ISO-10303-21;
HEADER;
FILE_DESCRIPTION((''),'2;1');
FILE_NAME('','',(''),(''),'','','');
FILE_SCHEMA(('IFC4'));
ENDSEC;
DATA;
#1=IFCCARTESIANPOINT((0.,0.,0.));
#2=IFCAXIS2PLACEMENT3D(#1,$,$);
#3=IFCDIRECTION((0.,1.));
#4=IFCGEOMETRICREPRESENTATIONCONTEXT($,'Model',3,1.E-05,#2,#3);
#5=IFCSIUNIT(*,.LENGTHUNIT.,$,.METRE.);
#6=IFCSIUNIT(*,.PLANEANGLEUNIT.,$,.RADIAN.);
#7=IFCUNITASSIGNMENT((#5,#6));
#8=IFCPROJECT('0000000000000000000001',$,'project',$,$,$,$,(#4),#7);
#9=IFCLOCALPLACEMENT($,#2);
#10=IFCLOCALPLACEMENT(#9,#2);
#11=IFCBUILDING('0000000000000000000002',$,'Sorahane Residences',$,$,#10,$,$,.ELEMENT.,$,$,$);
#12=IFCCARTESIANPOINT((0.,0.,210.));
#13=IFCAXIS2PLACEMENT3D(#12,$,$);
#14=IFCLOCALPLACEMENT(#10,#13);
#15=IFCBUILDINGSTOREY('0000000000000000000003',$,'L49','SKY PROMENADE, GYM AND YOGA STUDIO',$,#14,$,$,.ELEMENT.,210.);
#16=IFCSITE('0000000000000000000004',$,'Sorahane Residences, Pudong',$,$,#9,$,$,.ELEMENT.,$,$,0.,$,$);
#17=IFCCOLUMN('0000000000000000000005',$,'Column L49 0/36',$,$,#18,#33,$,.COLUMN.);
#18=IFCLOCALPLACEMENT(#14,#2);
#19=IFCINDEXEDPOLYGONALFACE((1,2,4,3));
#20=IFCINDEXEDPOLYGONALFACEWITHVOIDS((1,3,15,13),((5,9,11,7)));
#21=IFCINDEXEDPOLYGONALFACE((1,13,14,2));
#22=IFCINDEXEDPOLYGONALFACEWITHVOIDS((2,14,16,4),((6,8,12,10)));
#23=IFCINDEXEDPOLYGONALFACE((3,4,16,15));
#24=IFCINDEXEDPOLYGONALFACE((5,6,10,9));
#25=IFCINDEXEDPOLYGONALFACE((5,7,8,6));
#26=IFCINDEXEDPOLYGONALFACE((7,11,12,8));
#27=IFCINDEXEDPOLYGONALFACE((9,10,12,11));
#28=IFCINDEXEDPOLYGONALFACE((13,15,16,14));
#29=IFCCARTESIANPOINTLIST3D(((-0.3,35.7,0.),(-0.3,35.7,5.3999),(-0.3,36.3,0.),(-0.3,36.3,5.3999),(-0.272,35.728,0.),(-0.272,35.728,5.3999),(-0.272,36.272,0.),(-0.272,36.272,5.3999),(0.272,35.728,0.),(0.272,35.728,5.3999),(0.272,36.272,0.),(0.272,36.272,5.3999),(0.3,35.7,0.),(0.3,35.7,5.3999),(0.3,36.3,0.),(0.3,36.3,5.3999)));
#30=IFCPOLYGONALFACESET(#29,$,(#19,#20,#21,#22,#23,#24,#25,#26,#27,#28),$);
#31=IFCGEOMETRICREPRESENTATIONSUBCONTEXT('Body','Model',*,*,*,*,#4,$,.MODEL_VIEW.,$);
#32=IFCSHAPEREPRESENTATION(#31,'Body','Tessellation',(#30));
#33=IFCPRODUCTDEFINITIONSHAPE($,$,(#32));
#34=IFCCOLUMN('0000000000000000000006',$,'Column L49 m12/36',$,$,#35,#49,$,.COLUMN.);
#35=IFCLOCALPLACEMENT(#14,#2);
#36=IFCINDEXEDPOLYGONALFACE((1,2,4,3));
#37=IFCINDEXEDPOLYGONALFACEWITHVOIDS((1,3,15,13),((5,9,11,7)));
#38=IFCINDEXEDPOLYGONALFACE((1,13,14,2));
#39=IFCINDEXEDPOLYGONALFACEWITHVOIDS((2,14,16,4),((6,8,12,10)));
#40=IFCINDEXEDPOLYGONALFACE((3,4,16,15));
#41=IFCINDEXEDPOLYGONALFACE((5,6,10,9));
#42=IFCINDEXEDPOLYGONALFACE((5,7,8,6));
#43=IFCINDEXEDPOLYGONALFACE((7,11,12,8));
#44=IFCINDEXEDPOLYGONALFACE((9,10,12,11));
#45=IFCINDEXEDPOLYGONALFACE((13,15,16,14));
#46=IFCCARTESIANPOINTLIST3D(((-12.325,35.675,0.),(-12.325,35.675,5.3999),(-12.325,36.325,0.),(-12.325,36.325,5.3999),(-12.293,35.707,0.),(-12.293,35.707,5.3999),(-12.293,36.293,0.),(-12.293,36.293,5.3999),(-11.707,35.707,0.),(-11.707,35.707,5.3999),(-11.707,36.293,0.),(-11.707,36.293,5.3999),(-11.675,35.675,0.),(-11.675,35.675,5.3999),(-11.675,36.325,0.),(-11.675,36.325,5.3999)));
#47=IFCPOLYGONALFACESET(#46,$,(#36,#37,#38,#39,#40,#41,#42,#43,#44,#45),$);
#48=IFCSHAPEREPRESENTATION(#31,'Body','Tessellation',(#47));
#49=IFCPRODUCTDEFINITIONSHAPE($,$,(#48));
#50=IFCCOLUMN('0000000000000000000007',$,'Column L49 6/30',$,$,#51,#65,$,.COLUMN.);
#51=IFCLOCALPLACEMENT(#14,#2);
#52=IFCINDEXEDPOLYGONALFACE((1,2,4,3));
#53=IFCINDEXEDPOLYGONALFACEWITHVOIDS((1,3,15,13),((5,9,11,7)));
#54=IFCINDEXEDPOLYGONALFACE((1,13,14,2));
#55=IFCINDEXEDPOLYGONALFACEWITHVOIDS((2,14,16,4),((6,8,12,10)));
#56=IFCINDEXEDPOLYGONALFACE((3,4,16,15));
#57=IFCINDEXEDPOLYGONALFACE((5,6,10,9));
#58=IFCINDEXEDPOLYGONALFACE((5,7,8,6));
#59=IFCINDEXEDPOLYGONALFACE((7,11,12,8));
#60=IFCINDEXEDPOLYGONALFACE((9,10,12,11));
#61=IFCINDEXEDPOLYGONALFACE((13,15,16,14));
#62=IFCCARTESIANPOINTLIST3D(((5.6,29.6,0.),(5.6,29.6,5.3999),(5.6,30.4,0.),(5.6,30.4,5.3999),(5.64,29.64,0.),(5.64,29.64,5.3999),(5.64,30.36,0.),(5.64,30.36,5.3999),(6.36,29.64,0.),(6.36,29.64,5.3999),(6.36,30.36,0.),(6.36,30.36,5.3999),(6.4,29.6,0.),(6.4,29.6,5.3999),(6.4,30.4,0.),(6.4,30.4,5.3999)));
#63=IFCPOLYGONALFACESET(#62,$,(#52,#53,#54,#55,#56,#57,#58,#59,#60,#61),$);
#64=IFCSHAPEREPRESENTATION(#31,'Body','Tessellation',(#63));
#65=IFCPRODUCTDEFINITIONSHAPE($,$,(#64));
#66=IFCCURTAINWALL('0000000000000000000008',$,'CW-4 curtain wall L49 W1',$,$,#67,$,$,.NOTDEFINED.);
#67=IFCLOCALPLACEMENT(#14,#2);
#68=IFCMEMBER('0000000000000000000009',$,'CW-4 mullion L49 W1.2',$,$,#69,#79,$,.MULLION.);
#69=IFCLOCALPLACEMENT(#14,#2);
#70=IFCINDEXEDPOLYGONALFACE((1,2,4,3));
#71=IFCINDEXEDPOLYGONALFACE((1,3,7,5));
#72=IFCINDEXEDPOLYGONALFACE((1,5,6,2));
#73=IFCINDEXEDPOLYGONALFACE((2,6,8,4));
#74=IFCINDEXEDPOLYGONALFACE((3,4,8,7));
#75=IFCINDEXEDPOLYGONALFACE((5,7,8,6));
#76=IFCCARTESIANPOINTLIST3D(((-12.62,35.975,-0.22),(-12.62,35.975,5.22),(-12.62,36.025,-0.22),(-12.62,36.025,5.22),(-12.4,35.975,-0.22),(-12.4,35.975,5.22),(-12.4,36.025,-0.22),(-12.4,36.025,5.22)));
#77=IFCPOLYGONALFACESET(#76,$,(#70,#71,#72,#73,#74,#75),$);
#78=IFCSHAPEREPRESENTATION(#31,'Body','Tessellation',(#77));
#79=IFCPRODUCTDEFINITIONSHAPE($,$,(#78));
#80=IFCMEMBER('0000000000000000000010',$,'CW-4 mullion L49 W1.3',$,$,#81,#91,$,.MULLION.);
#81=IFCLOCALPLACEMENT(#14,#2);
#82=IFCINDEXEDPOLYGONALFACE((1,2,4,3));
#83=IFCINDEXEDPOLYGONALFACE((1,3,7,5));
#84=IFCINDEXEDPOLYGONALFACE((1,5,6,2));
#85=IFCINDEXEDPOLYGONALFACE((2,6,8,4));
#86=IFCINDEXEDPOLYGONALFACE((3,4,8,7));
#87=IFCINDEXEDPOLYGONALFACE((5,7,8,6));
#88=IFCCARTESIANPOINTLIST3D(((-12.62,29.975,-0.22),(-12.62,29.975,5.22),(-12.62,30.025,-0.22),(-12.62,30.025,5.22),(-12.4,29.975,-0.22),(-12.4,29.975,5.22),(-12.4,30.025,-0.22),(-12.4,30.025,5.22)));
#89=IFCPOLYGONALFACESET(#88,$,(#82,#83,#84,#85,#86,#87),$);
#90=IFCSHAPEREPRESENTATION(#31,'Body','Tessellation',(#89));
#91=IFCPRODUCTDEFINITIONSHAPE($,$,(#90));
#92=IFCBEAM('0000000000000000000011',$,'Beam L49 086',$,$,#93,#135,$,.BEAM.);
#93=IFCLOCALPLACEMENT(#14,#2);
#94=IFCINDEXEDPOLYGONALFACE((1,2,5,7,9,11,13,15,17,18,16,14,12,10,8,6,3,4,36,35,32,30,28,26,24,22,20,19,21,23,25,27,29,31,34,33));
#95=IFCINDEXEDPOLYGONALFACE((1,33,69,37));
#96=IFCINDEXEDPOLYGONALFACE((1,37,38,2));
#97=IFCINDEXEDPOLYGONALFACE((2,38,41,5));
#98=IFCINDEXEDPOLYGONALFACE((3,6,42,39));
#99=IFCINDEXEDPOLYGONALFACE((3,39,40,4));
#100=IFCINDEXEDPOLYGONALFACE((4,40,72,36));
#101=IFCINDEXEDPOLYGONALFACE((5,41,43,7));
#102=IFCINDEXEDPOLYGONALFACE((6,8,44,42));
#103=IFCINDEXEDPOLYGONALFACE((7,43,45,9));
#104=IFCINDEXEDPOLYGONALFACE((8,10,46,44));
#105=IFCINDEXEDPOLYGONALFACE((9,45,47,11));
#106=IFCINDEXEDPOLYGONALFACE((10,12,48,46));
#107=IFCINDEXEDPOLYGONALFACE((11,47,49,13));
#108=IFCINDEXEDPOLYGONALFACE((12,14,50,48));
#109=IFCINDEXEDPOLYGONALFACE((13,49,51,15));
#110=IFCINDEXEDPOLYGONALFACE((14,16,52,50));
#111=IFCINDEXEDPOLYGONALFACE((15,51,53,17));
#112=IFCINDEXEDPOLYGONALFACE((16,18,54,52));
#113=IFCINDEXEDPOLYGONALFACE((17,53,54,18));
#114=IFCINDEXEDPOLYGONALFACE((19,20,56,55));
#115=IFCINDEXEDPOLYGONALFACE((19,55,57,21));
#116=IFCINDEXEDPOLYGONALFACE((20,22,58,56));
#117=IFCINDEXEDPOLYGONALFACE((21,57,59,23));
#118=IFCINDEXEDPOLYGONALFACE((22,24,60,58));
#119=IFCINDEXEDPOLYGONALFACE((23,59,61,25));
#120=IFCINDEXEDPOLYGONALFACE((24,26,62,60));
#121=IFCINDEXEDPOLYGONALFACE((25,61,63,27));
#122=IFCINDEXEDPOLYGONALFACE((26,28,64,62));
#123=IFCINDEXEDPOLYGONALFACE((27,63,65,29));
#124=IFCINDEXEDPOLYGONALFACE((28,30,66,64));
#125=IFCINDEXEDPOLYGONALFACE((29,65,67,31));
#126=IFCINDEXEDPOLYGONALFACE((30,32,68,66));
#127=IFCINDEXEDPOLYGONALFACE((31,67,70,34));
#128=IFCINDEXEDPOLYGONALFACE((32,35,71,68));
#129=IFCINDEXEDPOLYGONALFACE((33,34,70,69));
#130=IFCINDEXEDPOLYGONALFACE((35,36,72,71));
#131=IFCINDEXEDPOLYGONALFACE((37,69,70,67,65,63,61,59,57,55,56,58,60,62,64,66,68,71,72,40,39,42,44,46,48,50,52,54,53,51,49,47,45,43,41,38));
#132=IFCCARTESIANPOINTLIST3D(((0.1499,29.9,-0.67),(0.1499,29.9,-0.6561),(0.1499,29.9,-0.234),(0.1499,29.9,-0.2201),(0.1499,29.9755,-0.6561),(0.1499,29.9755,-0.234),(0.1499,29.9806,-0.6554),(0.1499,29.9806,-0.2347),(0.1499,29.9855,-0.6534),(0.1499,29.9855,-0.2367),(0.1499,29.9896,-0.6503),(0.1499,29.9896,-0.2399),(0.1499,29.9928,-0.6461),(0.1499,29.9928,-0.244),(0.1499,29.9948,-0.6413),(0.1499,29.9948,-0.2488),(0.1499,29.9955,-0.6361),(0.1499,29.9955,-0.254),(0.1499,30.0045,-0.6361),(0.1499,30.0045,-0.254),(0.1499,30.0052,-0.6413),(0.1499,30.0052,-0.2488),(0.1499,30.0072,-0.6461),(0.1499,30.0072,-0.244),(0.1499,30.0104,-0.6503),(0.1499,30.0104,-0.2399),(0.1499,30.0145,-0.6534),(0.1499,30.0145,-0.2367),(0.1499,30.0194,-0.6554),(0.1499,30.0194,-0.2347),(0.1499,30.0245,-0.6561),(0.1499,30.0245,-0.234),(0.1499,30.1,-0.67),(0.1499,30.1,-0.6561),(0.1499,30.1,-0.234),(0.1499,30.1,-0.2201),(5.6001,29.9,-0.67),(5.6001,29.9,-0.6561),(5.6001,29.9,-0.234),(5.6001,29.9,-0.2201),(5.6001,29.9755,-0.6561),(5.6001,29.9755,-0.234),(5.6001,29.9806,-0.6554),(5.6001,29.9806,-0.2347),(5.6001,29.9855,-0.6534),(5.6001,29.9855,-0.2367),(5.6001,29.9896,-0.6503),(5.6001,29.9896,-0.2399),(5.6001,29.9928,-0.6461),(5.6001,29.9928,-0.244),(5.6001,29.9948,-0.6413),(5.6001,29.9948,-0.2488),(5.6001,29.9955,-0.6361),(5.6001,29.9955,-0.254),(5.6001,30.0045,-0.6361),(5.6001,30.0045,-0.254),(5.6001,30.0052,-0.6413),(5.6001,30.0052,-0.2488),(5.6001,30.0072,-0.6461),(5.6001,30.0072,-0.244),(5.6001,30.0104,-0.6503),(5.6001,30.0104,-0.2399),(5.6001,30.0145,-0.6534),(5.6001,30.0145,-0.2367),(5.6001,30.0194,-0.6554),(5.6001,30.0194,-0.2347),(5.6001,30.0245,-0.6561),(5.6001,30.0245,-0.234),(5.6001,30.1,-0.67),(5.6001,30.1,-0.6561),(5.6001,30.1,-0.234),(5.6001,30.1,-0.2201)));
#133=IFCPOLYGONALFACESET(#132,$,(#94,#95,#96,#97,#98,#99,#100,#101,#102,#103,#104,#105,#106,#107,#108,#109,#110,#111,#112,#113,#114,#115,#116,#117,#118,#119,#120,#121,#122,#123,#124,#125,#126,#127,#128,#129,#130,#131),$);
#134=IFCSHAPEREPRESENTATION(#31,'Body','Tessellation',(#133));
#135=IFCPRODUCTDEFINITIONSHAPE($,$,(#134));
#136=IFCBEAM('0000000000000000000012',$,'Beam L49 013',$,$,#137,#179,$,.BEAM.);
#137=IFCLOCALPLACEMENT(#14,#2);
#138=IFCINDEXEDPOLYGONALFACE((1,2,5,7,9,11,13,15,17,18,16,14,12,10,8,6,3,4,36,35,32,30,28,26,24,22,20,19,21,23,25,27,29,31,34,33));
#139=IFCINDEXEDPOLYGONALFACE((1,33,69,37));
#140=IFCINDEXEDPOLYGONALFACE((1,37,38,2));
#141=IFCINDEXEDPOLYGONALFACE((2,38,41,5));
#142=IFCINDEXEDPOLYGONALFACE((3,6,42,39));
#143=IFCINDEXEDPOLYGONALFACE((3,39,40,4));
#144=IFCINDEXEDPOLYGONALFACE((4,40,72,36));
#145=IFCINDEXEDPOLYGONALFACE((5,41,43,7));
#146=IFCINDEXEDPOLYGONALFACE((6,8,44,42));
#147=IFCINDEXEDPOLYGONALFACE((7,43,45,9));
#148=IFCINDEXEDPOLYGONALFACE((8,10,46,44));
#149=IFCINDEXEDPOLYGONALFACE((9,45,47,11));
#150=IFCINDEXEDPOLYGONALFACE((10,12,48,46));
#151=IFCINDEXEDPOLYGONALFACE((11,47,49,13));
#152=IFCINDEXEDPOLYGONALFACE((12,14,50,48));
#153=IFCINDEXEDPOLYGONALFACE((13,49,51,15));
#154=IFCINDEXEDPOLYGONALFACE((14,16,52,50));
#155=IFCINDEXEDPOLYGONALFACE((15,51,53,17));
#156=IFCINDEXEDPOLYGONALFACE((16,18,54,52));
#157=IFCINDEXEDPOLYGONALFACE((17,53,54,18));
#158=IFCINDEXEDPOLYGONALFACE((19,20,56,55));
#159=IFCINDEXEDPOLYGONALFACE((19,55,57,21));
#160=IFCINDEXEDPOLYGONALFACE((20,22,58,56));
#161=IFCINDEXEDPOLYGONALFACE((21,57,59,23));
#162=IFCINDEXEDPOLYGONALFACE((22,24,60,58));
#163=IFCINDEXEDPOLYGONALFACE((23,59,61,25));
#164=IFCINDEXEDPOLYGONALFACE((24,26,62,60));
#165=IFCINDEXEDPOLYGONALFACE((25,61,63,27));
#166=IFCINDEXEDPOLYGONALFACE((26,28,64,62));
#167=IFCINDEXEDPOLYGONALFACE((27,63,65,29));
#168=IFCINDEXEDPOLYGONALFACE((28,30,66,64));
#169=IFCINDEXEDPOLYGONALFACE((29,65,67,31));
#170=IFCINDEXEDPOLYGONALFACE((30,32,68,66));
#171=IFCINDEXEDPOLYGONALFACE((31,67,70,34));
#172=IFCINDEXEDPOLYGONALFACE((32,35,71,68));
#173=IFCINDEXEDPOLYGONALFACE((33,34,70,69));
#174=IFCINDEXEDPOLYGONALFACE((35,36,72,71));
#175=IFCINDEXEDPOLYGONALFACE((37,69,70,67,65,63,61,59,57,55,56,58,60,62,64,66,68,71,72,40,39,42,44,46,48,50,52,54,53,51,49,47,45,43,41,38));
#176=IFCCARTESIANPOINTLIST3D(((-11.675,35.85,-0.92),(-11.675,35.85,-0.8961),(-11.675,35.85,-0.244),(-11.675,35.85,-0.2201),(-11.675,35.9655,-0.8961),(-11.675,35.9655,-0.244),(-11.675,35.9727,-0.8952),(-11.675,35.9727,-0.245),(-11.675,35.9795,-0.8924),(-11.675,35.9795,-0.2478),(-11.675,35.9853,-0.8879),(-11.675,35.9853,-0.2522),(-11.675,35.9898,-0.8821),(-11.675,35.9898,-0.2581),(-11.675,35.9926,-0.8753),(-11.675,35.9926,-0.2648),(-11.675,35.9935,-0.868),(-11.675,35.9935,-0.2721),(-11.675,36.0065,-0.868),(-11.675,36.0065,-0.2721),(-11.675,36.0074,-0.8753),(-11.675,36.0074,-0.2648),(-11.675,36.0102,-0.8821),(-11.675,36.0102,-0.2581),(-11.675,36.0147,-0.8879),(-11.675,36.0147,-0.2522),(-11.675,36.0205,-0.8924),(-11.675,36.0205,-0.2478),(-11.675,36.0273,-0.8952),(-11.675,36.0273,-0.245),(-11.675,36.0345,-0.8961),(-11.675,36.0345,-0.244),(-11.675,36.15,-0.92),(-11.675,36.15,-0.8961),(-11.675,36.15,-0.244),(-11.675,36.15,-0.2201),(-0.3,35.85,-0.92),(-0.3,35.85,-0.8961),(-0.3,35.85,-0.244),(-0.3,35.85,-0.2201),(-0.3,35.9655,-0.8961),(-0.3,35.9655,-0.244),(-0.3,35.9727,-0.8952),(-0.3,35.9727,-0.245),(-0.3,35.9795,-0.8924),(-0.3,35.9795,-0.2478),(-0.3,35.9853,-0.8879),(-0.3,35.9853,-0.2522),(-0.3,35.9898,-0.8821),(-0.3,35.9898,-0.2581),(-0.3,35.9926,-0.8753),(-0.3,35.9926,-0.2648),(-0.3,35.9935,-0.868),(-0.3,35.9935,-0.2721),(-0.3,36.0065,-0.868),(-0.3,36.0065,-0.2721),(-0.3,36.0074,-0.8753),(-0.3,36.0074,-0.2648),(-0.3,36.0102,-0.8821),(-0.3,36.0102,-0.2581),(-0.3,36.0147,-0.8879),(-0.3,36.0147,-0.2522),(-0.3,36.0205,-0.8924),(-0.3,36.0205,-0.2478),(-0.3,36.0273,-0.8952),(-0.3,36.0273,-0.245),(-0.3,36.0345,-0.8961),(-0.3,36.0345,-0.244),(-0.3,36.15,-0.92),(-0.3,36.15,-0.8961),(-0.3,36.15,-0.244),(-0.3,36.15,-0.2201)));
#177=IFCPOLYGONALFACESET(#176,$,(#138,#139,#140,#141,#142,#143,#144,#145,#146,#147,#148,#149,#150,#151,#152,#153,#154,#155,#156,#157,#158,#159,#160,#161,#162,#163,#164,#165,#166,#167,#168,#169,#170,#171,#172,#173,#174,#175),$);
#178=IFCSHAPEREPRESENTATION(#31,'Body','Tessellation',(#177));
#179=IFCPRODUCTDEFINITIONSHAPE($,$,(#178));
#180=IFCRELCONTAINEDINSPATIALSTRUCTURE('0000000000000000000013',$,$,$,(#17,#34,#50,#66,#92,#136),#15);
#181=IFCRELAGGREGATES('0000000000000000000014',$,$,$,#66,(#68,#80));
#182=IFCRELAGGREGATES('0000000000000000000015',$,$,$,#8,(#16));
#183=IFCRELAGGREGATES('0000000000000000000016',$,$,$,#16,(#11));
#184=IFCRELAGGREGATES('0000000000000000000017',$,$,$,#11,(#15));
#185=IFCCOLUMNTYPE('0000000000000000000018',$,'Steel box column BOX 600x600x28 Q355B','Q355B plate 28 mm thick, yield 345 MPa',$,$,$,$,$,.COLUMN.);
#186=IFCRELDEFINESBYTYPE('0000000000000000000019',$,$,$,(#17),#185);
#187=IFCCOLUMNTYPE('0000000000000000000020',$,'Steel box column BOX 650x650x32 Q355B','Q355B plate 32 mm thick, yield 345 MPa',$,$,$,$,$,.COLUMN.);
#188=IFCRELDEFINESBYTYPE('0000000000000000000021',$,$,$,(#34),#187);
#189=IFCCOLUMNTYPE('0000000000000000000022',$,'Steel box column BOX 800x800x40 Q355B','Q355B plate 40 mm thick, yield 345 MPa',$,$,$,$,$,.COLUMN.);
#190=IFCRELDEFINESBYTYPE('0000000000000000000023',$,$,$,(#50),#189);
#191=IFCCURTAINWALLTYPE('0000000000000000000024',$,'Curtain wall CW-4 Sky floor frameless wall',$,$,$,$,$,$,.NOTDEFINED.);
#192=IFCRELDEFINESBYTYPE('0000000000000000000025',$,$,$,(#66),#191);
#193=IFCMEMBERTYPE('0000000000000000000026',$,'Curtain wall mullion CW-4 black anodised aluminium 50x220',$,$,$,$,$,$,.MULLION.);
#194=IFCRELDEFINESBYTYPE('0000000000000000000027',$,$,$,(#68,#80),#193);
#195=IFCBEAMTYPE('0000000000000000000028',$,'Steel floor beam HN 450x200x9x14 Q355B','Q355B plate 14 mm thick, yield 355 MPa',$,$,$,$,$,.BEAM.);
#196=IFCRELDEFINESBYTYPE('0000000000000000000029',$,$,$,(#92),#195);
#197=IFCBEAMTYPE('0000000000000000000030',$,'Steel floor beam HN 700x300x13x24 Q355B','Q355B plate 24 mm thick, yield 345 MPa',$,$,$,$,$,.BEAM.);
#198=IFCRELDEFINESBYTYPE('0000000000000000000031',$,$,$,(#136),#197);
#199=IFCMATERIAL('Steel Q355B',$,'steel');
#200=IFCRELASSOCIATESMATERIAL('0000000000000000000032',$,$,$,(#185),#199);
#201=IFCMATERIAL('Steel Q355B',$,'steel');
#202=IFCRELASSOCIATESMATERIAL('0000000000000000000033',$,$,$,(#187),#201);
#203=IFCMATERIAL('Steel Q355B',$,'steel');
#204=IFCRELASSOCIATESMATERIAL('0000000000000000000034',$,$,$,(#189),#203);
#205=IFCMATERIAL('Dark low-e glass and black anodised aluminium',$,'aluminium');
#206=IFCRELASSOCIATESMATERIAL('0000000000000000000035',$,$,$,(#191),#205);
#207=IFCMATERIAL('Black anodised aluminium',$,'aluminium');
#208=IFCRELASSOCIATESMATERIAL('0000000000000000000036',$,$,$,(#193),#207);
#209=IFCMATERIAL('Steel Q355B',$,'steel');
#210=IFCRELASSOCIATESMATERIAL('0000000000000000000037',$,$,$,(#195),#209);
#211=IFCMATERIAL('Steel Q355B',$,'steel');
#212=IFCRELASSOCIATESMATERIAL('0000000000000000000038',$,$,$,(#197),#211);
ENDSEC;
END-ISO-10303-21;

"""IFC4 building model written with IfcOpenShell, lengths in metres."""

from ifc_helpers import new_model, si_unit, direction, frame, origin, origin_2d, place, context, subcontext, project, spatial, rectangle, hollow_rectangle, i_section, extrude, material, material_profile, profile_set, type_object, element, aggregate, save


model = new_model("IFC4")

# Units and contexts
model_context = context("Model", 3, precision=1e-05, world=origin(), true_north=direction((0.0, 1.0)))
body_context = subcontext(model_context, "Body", "Model", "MODEL_VIEW")
ifc_project = project(units=[si_unit("LENGTHUNIT", "METRE"), si_unit("PLANEANGLEUNIT", "RADIAN")], contexts=[model_context])

# Site, building, storey
site_placement = place(None, origin())
site = spatial("IfcSite", under=ifc_project, at=site_placement, Name="Sorahane Residences, Pudong", CompositionType="ELEMENT", RefElevation=0.0)
building_placement = place(site_placement, origin())
building = spatial("IfcBuilding", under=site, at=building_placement, Name="Sorahane Residences", CompositionType="ELEMENT")
storey_placement = place(building_placement, frame((0.0, 0.0, 210.0)))
storey = spatial("IfcBuildingStorey", under=building, at=storey_placement, Name="L49", Description="SKY PROMENADE, GYM AND YOGA STUDIO", CompositionType="ELEMENT", Elevation=210.0)

# Columns
ifc_material_1 = material(Name="Steel Q355B", Category="steel")
ifc_material_profile_1 = material_profile(ifc_material_1, hollow_rectangle(XDim=0.6001, YDim=0.6001, WallThickness=0.0281, at=origin_2d()), Name="BOX 600x600x28")
ifc_profile_set_1 = profile_set([ifc_material_profile_1], Name="Steel Q355B")
column_type_1 = type_object("IfcColumnType", Name="Steel box column BOX 600x600x28 Q355B", Description="Q355B plate 28 mm thick, yield 345 MPa", PredefinedType="COLUMN", material=ifc_profile_set_1)
column_1_placement = place(storey_placement, frame((0.0, 36.0, 0.0), z_axis=(0.0, 0.0, 1.0), x_axis=(1.0, 0.0, 0.0)))
element("IfcColumn", 1, at=column_1_placement, inside=storey, type_object=column_type_1, Name="Column L49 0/36", PredefinedType="COLUMN", context=body_context, shape_type="SweptSolid", body=[
    extrude(hollow_rectangle(XDim=0.6001, YDim=0.6001, WallThickness=0.0281, at=origin_2d()), origin(), (0.0, 0.0, 1.0), 5.3999),
])
ifc_material_2 = material(Name="Steel Q355B", Category="steel")
ifc_material_profile_2 = material_profile(ifc_material_2, hollow_rectangle(XDim=0.6499, YDim=0.6499, WallThickness=0.032, at=origin_2d()), Name="BOX 650x650x32")
ifc_profile_set_2 = profile_set([ifc_material_profile_2], Name="Steel Q355B")
column_type_2 = type_object("IfcColumnType", Name="Steel box column BOX 650x650x32 Q355B", Description="Q355B plate 32 mm thick, yield 345 MPa", PredefinedType="COLUMN", material=ifc_profile_set_2)
column_2_placement = place(storey_placement, frame((-12.0, 36.0, 0.0), z_axis=(0.0, 0.0, 1.0), x_axis=(1.0, 0.0, 0.0)))
element("IfcColumn", 2, at=column_2_placement, inside=storey, type_object=column_type_2, Name="Column L49 m12/36", PredefinedType="COLUMN", context=body_context, shape_type="SweptSolid", body=[
    extrude(hollow_rectangle(XDim=0.6499, YDim=0.6499, WallThickness=0.032, at=origin_2d()), origin(), (0.0, 0.0, 1.0), 5.3999),
])
ifc_material_3 = material(Name="Steel Q355B", Category="steel")
ifc_material_profile_3 = material_profile(ifc_material_3, hollow_rectangle(XDim=0.8, YDim=0.8, WallThickness=0.04, at=origin_2d()), Name="BOX 800x800x40")
ifc_profile_set_3 = profile_set([ifc_material_profile_3], Name="Steel Q355B")
column_type_3 = type_object("IfcColumnType", Name="Steel box column BOX 800x800x40 Q355B", Description="Q355B plate 40 mm thick, yield 345 MPa", PredefinedType="COLUMN", material=ifc_profile_set_3)
column_3_placement = place(storey_placement, frame((6.0, 30.0, 0.0), z_axis=(0.0, 0.0, 1.0), x_axis=(1.0, 0.0, 0.0)))
element("IfcColumn", 3, at=column_3_placement, inside=storey, type_object=column_type_3, Name="Column L49 6/30", PredefinedType="COLUMN", context=body_context, shape_type="SweptSolid", body=[
    extrude(hollow_rectangle(XDim=0.8, YDim=0.8, WallThickness=0.04, at=origin_2d()), origin(), (0.0, 0.0, 1.0), 5.3999),
])

# Curtain wall, members
ifc_material_4 = material(Name="Dark low-e glass and black anodised aluminium", Category="aluminium")
curtain_wall_type = type_object("IfcCurtainWallType", Name="Curtain wall CW-4 Sky floor frameless wall", PredefinedType="NOTDEFINED", material=ifc_material_4)
curtain_wall_placement = place(storey_placement, origin())
curtain_wall = element("IfcCurtainWall", 4, at=curtain_wall_placement, inside=storey, type_object=curtain_wall_type, Name="CW-4 curtain wall L49 W1", PredefinedType="NOTDEFINED")
ifc_material_5 = material(Name="Black anodised aluminium", Category="aluminium")
ifc_material_profile_4 = material_profile(ifc_material_5, rectangle(XDim=0.22, YDim=0.05, at=origin_2d()), Name="Curtain wall mullion CW-4 black anodised aluminium 50x220")
ifc_profile_set_4 = profile_set([ifc_material_profile_4], Name="Black anodised aluminium")
member_type = type_object("IfcMemberType", Name="Curtain wall mullion CW-4 black anodised aluminium 50x220", PredefinedType="MULLION", material=ifc_profile_set_4)
member_1_placement = place(storey_placement, frame((-12.51, 36.0, -0.22), z_axis=(0.0, 0.0, 1.0), x_axis=(-1.0, 0.0, 0.0)))
member_1 = element("IfcMember", 5, at=member_1_placement, type_object=member_type, Name="CW-4 mullion L49 W1.2", PredefinedType="MULLION", context=body_context, shape_type="SweptSolid", body=[
    extrude(rectangle(XDim=0.22, YDim=0.05, at=origin_2d()), origin(), (0.0, 0.0, 1.0), 5.4399),
])
member_2_placement = place(storey_placement, frame((-12.51, 30.0, -0.22), z_axis=(0.0, 0.0, 1.0), x_axis=(-1.0, 0.0, 0.0)))
member_2 = element("IfcMember", 6, at=member_2_placement, type_object=member_type, Name="CW-4 mullion L49 W1.3", PredefinedType="MULLION", context=body_context, shape_type="SweptSolid", body=[
    extrude(rectangle(XDim=0.22, YDim=0.05, at=origin_2d()), origin(), (0.0, 0.0, 1.0), 5.4399),
])

# Beams
ifc_material_6 = material(Name="Steel Q355B", Category="steel")
ifc_material_profile_5 = material_profile(ifc_material_6, i_section(OverallWidth=0.2, OverallDepth=0.45, WebThickness=0.009, FlangeThickness=0.0139, FilletRadius=0.02, at=origin_2d()), Name="HN 450x200x9x14")
ifc_profile_set_5 = profile_set([ifc_material_profile_5], Name="Steel Q355B")
beam_type_1 = type_object("IfcBeamType", Name="Steel floor beam HN 450x200x9x14 Q355B", Description="Q355B plate 14 mm thick, yield 355 MPa", PredefinedType="BEAM", material=ifc_profile_set_5)
beam_1_placement = place(storey_placement, frame((0.1499, 30.0, -0.4451), z_axis=(1.0, 0.0, 0.0), x_axis=(0.0, 1.0, 0.0)))
element("IfcBeam", 7, at=beam_1_placement, inside=storey, type_object=beam_type_1, Name="Beam L49 086", PredefinedType="BEAM", context=body_context, shape_type="SweptSolid", body=[
    extrude(i_section(OverallWidth=0.2, OverallDepth=0.45, WebThickness=0.009, FlangeThickness=0.0139, FilletRadius=0.02, at=origin_2d()), origin(), (0.0, 0.0, 1.0), 5.4502),
])
ifc_material_7 = material(Name="Steel Q355B", Category="steel")
ifc_material_profile_6 = material_profile(ifc_material_7, i_section(OverallWidth=0.3, OverallDepth=0.7, WebThickness=0.0129, FlangeThickness=0.0239, FilletRadius=0.0281, at=origin_2d()), Name="HN 700x300x13x24")
ifc_profile_set_6 = profile_set([ifc_material_profile_6], Name="Steel Q355B")
beam_type_2 = type_object("IfcBeamType", Name="Steel floor beam HN 700x300x13x24 Q355B", Description="Q355B plate 24 mm thick, yield 345 MPa", PredefinedType="BEAM", material=ifc_profile_set_6)
beam_2_placement = place(storey_placement, frame((-11.675, 36.0, -0.5701), z_axis=(1.0, 0.0, 0.0), x_axis=(0.0, 1.0, 0.0)))
element("IfcBeam", 8, at=beam_2_placement, inside=storey, type_object=beam_type_2, Name="Beam L49 013", PredefinedType="BEAM", context=body_context, shape_type="SweptSolid", body=[
    extrude(i_section(OverallWidth=0.3, OverallDepth=0.7, WebThickness=0.0129, FlangeThickness=0.0239, FilletRadius=0.0281, at=origin_2d()), origin(), (0.0, 0.0, 1.0), 11.375),
])

aggregate(curtain_wall, [member_1, member_2])

save(model, "model.ifc")
